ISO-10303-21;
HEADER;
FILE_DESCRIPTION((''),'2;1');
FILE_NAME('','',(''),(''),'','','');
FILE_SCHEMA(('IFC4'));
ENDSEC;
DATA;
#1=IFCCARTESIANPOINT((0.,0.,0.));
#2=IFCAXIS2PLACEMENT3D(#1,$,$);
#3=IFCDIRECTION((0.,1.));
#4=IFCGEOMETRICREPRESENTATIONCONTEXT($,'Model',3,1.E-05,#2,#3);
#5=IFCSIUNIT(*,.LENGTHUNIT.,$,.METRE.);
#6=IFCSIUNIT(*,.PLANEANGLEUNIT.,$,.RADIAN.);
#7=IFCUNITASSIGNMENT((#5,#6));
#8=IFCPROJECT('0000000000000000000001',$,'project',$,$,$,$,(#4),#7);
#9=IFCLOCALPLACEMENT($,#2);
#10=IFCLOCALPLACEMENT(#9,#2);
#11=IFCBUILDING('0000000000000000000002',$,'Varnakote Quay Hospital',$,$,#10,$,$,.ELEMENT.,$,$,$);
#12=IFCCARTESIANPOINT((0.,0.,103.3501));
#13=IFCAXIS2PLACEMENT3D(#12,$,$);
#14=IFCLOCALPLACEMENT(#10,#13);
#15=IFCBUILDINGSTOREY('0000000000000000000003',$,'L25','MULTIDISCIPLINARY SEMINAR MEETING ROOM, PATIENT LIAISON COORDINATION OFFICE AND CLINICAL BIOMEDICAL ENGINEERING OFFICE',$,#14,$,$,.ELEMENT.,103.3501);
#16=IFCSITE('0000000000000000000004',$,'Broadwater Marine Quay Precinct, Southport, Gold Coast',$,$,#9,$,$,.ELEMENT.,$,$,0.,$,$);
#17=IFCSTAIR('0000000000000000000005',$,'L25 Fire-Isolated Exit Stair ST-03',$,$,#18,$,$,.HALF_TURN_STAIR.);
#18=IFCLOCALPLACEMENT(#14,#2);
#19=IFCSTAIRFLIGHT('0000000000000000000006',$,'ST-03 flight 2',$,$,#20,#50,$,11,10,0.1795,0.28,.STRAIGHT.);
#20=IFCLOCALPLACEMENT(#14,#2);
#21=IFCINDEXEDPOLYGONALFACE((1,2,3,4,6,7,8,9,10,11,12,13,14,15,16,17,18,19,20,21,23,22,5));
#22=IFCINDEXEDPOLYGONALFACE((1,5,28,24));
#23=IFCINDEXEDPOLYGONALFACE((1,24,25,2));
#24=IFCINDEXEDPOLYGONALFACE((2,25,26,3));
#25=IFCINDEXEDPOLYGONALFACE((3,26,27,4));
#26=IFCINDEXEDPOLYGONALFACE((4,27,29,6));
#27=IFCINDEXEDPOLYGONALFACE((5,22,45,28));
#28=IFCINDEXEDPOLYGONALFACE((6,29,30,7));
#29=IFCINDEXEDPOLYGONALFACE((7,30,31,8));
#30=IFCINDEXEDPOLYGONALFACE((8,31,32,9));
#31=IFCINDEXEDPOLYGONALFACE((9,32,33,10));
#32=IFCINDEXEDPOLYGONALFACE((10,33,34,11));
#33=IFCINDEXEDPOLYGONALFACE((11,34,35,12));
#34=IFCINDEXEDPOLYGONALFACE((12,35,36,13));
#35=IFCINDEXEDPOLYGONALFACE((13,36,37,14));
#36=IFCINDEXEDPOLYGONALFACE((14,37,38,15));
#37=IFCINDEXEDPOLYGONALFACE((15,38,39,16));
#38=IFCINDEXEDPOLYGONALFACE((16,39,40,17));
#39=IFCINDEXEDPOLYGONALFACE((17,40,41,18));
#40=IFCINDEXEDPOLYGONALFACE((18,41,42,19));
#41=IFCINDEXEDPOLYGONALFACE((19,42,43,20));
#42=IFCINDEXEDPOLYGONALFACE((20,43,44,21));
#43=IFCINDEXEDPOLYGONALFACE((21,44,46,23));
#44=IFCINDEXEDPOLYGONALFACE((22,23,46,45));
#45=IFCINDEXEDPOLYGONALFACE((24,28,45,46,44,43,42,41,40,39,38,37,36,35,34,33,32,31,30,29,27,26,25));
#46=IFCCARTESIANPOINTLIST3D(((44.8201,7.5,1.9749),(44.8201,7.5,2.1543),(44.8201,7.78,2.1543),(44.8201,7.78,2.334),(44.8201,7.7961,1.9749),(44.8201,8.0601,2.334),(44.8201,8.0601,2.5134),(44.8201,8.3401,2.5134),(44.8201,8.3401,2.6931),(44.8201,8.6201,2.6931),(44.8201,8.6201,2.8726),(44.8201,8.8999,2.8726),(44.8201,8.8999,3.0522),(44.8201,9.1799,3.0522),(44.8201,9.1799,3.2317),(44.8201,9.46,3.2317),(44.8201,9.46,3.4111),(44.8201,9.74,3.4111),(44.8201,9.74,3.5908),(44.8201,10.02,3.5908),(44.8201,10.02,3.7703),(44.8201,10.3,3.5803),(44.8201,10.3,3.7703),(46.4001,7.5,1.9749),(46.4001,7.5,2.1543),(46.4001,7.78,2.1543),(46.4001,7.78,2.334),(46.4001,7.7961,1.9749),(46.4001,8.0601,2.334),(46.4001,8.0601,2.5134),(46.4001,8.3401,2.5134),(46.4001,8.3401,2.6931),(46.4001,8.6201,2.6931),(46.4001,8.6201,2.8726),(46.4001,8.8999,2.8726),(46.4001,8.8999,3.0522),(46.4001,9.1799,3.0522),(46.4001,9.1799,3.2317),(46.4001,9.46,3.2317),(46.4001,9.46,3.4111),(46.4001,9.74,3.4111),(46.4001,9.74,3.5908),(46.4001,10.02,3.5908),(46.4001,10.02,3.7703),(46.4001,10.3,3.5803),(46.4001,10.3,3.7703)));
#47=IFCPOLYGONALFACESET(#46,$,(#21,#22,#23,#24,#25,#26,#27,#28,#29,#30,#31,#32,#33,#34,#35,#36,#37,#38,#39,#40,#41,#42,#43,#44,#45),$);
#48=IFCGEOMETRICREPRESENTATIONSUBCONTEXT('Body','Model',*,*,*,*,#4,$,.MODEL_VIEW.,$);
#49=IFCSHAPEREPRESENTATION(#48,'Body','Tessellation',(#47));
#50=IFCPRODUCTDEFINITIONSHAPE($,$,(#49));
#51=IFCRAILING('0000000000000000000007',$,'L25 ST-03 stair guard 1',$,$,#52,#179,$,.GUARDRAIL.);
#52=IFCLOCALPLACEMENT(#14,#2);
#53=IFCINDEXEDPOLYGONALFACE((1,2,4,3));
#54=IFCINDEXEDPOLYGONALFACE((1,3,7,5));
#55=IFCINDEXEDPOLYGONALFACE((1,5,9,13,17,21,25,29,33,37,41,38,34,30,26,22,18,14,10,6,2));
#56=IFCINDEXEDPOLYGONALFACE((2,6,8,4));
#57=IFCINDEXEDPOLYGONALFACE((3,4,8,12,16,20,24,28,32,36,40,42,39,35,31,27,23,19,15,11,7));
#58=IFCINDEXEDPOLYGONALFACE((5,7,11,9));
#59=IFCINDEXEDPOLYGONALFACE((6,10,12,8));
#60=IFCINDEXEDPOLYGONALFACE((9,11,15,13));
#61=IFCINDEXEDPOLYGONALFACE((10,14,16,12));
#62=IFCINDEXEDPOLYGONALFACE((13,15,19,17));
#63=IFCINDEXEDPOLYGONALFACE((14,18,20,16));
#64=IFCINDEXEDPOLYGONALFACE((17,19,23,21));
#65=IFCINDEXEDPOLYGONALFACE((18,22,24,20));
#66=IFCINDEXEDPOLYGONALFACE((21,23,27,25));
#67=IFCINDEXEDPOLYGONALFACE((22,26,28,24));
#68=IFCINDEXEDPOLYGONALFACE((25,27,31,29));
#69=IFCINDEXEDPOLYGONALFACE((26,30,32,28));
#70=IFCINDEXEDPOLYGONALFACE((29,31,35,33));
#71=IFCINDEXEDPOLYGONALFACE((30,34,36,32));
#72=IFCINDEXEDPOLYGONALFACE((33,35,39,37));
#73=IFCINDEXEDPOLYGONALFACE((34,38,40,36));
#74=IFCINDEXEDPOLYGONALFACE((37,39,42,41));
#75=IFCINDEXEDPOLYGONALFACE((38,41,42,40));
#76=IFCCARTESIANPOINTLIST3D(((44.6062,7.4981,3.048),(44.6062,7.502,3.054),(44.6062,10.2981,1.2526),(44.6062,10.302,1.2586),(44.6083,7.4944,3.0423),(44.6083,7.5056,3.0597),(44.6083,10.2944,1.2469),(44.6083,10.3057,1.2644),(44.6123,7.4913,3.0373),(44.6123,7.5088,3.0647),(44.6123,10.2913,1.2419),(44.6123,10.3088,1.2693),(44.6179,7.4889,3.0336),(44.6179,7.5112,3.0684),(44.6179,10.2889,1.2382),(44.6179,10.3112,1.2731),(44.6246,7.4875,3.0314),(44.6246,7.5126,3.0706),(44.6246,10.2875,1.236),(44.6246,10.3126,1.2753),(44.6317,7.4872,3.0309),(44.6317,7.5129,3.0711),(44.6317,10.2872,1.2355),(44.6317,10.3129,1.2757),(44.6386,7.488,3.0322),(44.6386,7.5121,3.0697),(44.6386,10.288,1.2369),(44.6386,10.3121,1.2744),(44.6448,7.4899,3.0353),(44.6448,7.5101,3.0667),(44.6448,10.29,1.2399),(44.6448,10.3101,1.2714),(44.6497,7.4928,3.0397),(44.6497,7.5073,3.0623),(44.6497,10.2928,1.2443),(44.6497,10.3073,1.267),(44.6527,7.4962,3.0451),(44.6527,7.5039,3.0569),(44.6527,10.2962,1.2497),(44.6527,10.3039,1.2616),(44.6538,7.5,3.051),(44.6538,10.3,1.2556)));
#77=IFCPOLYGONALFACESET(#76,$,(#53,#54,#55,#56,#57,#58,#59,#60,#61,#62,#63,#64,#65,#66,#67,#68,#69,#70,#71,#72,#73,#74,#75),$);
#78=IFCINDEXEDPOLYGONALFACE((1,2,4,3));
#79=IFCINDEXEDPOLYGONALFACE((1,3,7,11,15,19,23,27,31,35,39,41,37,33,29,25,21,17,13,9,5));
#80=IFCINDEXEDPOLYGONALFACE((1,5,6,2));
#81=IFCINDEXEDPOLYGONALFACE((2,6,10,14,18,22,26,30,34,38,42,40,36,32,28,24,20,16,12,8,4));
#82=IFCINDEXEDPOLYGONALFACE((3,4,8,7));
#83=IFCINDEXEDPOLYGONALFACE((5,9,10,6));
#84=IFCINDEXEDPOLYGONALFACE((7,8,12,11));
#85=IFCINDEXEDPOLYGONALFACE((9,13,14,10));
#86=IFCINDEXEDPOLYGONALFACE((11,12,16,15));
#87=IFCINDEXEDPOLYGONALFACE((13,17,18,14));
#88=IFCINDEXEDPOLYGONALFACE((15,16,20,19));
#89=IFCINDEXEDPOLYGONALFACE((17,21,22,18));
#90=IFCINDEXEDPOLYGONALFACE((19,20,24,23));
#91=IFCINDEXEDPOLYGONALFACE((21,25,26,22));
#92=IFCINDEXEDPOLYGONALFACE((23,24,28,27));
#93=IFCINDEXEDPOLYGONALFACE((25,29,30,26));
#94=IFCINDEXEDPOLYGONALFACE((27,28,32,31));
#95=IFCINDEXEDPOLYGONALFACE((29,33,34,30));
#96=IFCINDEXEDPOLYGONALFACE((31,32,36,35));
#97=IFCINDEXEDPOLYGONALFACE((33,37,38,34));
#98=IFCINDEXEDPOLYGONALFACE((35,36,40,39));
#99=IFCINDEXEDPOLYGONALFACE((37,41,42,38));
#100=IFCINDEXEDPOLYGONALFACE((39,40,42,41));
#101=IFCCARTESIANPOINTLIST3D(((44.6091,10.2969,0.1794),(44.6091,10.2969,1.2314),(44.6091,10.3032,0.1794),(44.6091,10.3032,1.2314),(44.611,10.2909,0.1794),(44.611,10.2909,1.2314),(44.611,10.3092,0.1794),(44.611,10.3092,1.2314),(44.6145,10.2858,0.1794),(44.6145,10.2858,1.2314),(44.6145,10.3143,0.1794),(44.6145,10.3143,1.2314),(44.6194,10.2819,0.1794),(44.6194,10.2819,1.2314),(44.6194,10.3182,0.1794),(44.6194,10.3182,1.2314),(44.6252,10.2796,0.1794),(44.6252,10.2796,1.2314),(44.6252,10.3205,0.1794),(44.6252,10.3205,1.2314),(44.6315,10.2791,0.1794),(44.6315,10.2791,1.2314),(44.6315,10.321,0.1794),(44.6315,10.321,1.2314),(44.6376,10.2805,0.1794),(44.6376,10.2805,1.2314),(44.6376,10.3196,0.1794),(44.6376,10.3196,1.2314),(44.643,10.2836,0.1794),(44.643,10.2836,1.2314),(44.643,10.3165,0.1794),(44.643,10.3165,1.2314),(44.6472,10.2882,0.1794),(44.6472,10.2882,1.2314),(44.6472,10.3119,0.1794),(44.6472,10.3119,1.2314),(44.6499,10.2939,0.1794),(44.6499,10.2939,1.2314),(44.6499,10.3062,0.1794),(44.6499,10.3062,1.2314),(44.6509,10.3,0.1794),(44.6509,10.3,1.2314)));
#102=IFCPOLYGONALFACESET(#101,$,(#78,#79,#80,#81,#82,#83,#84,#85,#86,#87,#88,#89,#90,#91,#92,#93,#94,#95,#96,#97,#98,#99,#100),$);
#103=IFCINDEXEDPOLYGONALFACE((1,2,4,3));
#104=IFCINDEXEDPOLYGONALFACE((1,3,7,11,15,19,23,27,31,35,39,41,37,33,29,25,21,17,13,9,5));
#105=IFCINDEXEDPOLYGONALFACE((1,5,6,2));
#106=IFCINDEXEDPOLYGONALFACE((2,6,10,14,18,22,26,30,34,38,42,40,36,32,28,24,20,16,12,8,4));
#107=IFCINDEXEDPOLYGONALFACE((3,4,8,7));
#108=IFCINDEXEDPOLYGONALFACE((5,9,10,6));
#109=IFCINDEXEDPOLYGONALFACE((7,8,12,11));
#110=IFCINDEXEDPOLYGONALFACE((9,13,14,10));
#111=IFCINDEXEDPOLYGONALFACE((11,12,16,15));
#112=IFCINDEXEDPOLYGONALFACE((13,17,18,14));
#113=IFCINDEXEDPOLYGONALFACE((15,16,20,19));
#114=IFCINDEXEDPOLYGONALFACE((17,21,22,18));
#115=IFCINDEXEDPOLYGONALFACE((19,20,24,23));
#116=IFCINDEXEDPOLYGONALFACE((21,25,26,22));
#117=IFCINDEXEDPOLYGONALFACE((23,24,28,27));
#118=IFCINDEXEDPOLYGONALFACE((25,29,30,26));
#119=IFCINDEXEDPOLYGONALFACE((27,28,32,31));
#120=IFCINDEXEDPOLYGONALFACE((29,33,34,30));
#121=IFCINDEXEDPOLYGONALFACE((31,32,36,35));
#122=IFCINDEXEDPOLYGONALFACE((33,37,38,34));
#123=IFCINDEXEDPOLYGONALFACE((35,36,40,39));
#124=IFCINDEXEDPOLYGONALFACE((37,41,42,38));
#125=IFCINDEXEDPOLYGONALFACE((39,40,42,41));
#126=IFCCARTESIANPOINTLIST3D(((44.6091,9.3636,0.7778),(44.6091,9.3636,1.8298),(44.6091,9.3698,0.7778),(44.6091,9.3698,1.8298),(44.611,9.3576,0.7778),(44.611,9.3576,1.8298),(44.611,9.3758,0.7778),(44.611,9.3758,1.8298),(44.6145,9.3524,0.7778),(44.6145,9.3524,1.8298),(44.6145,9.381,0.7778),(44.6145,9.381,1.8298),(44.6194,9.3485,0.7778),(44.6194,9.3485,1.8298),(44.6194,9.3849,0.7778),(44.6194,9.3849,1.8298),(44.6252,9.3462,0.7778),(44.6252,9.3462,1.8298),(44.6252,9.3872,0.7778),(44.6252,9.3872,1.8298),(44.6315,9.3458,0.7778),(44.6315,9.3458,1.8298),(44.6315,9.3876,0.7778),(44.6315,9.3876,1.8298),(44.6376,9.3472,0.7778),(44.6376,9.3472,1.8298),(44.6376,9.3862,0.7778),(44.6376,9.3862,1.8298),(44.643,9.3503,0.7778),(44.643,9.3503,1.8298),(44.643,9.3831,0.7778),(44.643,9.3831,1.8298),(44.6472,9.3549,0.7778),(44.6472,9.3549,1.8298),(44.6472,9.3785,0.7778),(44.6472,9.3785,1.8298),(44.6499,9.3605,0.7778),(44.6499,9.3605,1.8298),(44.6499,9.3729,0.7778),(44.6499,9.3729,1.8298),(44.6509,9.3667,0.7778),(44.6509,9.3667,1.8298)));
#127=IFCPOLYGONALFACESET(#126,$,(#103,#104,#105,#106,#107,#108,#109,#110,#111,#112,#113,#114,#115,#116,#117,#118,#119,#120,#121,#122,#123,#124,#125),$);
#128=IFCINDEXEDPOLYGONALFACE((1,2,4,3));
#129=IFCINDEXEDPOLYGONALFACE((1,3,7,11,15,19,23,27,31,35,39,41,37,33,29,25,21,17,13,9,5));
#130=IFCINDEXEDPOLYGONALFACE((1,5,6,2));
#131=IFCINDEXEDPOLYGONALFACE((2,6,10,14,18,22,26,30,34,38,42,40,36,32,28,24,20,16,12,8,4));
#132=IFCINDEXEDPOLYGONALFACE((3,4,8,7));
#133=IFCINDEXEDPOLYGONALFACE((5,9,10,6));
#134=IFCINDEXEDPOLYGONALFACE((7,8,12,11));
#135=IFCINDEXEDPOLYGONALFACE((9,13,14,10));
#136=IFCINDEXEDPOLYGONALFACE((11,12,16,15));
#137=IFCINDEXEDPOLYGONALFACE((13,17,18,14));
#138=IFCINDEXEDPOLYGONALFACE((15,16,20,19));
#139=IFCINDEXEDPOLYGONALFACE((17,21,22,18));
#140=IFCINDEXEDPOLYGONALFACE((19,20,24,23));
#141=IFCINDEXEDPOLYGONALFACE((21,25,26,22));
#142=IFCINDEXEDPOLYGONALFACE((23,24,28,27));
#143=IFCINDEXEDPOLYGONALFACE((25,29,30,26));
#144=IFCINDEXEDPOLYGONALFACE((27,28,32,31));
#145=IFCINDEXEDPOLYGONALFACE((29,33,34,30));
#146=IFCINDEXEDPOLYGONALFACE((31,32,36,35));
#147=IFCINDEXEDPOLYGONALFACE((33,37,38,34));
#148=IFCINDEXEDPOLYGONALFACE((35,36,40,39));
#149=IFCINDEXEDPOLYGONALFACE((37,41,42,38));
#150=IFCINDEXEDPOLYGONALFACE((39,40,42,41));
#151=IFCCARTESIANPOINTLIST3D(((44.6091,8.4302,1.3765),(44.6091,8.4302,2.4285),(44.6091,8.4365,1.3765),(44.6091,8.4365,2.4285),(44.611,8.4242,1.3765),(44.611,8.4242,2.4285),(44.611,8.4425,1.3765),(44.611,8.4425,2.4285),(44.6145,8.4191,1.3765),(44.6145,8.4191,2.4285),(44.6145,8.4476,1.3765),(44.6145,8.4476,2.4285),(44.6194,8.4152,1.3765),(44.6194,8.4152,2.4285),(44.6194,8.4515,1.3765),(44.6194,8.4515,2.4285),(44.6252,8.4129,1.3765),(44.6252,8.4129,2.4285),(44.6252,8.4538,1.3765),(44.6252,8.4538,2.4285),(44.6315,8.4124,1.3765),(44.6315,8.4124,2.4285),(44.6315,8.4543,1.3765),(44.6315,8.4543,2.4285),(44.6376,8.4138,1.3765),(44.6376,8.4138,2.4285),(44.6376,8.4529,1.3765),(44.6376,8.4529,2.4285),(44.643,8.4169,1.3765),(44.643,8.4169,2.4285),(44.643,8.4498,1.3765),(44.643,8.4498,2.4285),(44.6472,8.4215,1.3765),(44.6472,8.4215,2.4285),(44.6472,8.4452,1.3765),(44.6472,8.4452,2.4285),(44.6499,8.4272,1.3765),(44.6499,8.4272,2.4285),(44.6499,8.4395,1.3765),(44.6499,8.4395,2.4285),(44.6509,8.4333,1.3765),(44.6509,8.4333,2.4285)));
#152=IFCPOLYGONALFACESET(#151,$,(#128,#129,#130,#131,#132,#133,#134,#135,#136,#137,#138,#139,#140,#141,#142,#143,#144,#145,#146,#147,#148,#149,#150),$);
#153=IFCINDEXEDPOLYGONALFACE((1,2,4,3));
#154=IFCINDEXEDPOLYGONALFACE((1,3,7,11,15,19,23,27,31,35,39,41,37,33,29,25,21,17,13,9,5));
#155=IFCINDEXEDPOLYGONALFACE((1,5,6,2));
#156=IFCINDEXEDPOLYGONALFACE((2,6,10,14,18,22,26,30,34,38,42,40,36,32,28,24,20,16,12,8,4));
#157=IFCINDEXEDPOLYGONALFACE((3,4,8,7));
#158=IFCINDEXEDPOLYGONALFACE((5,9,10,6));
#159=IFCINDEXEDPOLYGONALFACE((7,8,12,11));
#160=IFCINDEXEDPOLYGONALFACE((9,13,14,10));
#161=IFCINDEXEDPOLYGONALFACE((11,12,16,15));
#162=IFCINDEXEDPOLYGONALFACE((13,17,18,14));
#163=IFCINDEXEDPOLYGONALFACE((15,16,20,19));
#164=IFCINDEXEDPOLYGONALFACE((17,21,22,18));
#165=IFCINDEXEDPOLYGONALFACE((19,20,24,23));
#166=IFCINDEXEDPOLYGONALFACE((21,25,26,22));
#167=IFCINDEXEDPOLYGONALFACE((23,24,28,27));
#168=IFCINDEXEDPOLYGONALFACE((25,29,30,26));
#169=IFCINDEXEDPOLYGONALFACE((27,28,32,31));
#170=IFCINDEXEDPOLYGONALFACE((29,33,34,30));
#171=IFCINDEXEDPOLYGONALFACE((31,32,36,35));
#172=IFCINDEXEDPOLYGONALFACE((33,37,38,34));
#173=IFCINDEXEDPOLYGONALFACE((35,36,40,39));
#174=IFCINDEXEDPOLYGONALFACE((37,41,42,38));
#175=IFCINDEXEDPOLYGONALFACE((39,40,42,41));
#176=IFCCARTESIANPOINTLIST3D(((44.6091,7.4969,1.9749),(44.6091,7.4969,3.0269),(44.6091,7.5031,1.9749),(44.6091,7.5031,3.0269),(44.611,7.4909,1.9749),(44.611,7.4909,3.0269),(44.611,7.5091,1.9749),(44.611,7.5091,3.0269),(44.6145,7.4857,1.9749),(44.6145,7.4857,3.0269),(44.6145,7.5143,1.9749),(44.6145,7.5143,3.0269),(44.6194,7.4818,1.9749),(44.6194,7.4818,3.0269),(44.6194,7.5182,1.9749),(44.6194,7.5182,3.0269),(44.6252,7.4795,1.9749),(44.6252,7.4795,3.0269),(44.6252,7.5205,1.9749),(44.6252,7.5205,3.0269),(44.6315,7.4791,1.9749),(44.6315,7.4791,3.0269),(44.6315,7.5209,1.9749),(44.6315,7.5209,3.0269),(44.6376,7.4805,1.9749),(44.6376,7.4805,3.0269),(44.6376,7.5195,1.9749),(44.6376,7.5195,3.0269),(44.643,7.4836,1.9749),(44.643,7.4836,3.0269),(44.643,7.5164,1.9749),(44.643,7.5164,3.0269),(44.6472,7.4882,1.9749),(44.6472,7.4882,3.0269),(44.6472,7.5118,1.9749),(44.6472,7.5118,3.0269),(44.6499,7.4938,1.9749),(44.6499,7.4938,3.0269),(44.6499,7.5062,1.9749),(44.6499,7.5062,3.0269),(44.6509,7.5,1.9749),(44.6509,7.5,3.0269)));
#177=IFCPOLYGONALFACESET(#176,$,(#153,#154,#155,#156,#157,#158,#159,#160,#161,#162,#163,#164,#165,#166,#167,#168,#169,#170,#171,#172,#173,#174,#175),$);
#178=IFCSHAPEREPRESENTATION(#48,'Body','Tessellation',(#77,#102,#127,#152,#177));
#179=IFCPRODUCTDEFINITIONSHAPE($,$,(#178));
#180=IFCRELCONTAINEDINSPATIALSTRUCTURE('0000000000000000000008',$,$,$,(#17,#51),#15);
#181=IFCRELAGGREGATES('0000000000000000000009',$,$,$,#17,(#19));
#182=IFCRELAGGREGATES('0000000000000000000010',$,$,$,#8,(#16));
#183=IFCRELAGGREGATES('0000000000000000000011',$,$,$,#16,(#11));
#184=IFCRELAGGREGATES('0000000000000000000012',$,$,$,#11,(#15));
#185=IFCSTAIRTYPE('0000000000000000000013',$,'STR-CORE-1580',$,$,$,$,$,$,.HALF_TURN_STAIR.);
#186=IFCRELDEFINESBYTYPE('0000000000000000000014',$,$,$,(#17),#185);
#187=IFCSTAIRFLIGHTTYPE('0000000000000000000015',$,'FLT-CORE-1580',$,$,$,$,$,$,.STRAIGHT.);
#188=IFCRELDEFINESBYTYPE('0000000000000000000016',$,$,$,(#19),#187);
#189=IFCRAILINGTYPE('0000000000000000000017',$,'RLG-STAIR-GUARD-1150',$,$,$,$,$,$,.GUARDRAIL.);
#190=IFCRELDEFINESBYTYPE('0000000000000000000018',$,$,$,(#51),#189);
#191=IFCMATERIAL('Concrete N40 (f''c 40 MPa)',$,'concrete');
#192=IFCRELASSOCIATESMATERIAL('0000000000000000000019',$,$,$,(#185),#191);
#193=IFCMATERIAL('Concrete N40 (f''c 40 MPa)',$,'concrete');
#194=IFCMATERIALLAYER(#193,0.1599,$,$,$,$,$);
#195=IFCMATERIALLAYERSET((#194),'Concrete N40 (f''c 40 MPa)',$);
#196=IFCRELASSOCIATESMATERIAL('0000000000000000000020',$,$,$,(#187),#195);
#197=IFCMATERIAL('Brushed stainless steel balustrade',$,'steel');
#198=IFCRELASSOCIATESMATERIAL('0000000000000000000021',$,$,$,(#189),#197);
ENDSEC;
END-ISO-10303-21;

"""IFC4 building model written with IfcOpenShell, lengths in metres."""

from ifc_helpers import new_model, si_unit, direction, frame, origin, origin_2d, place, context, subcontext, project, spatial, polyline, circle, outline, extrude, material, layer, layer_set, type_object, element, aggregate, save


model = new_model("IFC4")

# Units and contexts
model_context = context("Model", 3, precision=1e-05, world=origin(), true_north=direction((0.0, 1.0)))
body_context = subcontext(model_context, "Body", "Model", "MODEL_VIEW")
ifc_project = project(units=[si_unit("LENGTHUNIT", "METRE"), si_unit("PLANEANGLEUNIT", "RADIAN")], contexts=[model_context])

# Site, building, storey
site_placement = place(None, origin())
site = spatial("IfcSite", under=ifc_project, at=site_placement, Name="Broadwater Marine Quay Precinct, Southport, Gold Coast", CompositionType="ELEMENT", RefElevation=0.0)
building_placement = place(site_placement, origin())
building = spatial("IfcBuilding", under=site, at=building_placement, Name="Varnakote Quay Hospital", CompositionType="ELEMENT")
storey_placement = place(building_placement, frame((0.0, 0.0, 103.3501)))
storey = spatial("IfcBuildingStorey", under=building, at=storey_placement, Name="L25", Description="MULTIDISCIPLINARY SEMINAR MEETING ROOM, PATIENT LIAISON COORDINATION OFFICE AND CLINICAL BIOMEDICAL ENGINEERING OFFICE", CompositionType="ELEMENT", Elevation=103.3501)

# Stair, stair flight
ifc_material_1 = material(Name="Concrete N40 (f'c 40 MPa)", Category="concrete")
stair_type = type_object("IfcStairType", Name="STR-CORE-1580", PredefinedType="HALF_TURN_STAIR", material=ifc_material_1)
stair_placement = place(storey_placement, origin())
stair = element("IfcStair", 1, at=stair_placement, inside=storey, type_object=stair_type, Name="L25 Fire-Isolated Exit Stair ST-03", PredefinedType="HALF_TURN_STAIR")
ifc_material_2 = material(Name="Concrete N40 (f'c 40 MPa)", Category="concrete")
ifc_layer_1 = layer(ifc_material_2, 0.1599)
ifc_layer_set_1 = layer_set([ifc_layer_1], Name="Concrete N40 (f'c 40 MPa)")
stair_flight_type = type_object("IfcStairFlightType", Name="FLT-CORE-1580", PredefinedType="STRAIGHT", material=ifc_layer_set_1)
stair_flight_1_placement = place(storey_placement, frame((45.6101, 7.5, 1.9749), z_axis=(0.0, 0.0, 1.0), x_axis=(0.0, 1.0, 0.0)))
stair_flight_1 = element("IfcStairFlight", 2, at=stair_flight_1_placement, type_object=stair_flight_type, Name="ST-03 flight 2", NumberOfRisers=11, NumberOfTreads=10, PredefinedType="STRAIGHT", RiserHeight=0.1795, TreadLength=0.28, context=body_context, shape_type="SweptSolid", body=[
    extrude(outline(polyline([(0.0, 0.0), (0.0, 0.1794), (0.28, 0.1794), (0.28, 0.3591), (0.5601, 0.3591), (0.5601, 0.5386), (0.8401, 0.5386), (0.8401, 0.7183), (1.1201, 0.7183), (1.1201, 0.8977), (1.3999, 0.8977), (1.3999, 1.0774), (1.6799, 1.0774), (1.6799, 1.2568), (1.96, 1.2568), (1.96, 1.4363), (2.24, 1.4363), (2.24, 1.616), (2.52, 1.616), (2.52, 1.7954), (2.8, 1.7954), (2.8, 1.9751), (2.8, 1.6055), (0.2961, 0.0), (0.0, 0.0)])), frame((0.0, 0.79, 0.0), z_axis=(0.0, -1.0, 0.0), x_axis=(1.0, 0.0, 0.0)), (0.0, 0.0, 1.0), 1.5801),
])
aggregate(stair, [stair_flight_1])

# Railing
ifc_material_3 = material(Name="Brushed stainless steel balustrade", Category="steel")
railing_type_1 = type_object("IfcRailingType", Name="RLG-STAIR-GUARD-1150", PredefinedType="GUARDRAIL", material=ifc_material_3)
railing_1_placement = place(storey_placement, frame((44.6299, 10.3, 0.1794)))
element("IfcRailing", 3, at=railing_1_placement, inside=storey, type_object=railing_type_1, Name="L25 ST-03 stair guard 1", PredefinedType="GUARDRAIL", context=body_context, shape_type="SweptSolid", body=[
    extrude(circle(Radius=0.0239, at=origin_2d()), frame((0.0, 0.0, 1.0762), z_axis=(0.0, -0.84181, 0.539774), x_axis=(1.0, 0.0, 0.0)), (0.0, 0.0, 1.0), 3.3262),
    extrude(circle(Radius=0.021, at=origin_2d()), origin(), (0.0, 0.0, 1.0), 1.052),
    extrude(circle(Radius=0.021, at=origin_2d()), frame((0.0, -0.9333, 0.5984)), (0.0, 0.0, 1.0), 1.052),
    extrude(circle(Radius=0.021, at=origin_2d()), frame((0.0, -1.8667, 1.197)), (0.0, 0.0, 1.0), 1.052),
    extrude(circle(Radius=0.021, at=origin_2d()), frame((0.0, -2.8, 1.7954)), (0.0, 0.0, 1.0), 1.052),
])

save(model, "model.ifc")
